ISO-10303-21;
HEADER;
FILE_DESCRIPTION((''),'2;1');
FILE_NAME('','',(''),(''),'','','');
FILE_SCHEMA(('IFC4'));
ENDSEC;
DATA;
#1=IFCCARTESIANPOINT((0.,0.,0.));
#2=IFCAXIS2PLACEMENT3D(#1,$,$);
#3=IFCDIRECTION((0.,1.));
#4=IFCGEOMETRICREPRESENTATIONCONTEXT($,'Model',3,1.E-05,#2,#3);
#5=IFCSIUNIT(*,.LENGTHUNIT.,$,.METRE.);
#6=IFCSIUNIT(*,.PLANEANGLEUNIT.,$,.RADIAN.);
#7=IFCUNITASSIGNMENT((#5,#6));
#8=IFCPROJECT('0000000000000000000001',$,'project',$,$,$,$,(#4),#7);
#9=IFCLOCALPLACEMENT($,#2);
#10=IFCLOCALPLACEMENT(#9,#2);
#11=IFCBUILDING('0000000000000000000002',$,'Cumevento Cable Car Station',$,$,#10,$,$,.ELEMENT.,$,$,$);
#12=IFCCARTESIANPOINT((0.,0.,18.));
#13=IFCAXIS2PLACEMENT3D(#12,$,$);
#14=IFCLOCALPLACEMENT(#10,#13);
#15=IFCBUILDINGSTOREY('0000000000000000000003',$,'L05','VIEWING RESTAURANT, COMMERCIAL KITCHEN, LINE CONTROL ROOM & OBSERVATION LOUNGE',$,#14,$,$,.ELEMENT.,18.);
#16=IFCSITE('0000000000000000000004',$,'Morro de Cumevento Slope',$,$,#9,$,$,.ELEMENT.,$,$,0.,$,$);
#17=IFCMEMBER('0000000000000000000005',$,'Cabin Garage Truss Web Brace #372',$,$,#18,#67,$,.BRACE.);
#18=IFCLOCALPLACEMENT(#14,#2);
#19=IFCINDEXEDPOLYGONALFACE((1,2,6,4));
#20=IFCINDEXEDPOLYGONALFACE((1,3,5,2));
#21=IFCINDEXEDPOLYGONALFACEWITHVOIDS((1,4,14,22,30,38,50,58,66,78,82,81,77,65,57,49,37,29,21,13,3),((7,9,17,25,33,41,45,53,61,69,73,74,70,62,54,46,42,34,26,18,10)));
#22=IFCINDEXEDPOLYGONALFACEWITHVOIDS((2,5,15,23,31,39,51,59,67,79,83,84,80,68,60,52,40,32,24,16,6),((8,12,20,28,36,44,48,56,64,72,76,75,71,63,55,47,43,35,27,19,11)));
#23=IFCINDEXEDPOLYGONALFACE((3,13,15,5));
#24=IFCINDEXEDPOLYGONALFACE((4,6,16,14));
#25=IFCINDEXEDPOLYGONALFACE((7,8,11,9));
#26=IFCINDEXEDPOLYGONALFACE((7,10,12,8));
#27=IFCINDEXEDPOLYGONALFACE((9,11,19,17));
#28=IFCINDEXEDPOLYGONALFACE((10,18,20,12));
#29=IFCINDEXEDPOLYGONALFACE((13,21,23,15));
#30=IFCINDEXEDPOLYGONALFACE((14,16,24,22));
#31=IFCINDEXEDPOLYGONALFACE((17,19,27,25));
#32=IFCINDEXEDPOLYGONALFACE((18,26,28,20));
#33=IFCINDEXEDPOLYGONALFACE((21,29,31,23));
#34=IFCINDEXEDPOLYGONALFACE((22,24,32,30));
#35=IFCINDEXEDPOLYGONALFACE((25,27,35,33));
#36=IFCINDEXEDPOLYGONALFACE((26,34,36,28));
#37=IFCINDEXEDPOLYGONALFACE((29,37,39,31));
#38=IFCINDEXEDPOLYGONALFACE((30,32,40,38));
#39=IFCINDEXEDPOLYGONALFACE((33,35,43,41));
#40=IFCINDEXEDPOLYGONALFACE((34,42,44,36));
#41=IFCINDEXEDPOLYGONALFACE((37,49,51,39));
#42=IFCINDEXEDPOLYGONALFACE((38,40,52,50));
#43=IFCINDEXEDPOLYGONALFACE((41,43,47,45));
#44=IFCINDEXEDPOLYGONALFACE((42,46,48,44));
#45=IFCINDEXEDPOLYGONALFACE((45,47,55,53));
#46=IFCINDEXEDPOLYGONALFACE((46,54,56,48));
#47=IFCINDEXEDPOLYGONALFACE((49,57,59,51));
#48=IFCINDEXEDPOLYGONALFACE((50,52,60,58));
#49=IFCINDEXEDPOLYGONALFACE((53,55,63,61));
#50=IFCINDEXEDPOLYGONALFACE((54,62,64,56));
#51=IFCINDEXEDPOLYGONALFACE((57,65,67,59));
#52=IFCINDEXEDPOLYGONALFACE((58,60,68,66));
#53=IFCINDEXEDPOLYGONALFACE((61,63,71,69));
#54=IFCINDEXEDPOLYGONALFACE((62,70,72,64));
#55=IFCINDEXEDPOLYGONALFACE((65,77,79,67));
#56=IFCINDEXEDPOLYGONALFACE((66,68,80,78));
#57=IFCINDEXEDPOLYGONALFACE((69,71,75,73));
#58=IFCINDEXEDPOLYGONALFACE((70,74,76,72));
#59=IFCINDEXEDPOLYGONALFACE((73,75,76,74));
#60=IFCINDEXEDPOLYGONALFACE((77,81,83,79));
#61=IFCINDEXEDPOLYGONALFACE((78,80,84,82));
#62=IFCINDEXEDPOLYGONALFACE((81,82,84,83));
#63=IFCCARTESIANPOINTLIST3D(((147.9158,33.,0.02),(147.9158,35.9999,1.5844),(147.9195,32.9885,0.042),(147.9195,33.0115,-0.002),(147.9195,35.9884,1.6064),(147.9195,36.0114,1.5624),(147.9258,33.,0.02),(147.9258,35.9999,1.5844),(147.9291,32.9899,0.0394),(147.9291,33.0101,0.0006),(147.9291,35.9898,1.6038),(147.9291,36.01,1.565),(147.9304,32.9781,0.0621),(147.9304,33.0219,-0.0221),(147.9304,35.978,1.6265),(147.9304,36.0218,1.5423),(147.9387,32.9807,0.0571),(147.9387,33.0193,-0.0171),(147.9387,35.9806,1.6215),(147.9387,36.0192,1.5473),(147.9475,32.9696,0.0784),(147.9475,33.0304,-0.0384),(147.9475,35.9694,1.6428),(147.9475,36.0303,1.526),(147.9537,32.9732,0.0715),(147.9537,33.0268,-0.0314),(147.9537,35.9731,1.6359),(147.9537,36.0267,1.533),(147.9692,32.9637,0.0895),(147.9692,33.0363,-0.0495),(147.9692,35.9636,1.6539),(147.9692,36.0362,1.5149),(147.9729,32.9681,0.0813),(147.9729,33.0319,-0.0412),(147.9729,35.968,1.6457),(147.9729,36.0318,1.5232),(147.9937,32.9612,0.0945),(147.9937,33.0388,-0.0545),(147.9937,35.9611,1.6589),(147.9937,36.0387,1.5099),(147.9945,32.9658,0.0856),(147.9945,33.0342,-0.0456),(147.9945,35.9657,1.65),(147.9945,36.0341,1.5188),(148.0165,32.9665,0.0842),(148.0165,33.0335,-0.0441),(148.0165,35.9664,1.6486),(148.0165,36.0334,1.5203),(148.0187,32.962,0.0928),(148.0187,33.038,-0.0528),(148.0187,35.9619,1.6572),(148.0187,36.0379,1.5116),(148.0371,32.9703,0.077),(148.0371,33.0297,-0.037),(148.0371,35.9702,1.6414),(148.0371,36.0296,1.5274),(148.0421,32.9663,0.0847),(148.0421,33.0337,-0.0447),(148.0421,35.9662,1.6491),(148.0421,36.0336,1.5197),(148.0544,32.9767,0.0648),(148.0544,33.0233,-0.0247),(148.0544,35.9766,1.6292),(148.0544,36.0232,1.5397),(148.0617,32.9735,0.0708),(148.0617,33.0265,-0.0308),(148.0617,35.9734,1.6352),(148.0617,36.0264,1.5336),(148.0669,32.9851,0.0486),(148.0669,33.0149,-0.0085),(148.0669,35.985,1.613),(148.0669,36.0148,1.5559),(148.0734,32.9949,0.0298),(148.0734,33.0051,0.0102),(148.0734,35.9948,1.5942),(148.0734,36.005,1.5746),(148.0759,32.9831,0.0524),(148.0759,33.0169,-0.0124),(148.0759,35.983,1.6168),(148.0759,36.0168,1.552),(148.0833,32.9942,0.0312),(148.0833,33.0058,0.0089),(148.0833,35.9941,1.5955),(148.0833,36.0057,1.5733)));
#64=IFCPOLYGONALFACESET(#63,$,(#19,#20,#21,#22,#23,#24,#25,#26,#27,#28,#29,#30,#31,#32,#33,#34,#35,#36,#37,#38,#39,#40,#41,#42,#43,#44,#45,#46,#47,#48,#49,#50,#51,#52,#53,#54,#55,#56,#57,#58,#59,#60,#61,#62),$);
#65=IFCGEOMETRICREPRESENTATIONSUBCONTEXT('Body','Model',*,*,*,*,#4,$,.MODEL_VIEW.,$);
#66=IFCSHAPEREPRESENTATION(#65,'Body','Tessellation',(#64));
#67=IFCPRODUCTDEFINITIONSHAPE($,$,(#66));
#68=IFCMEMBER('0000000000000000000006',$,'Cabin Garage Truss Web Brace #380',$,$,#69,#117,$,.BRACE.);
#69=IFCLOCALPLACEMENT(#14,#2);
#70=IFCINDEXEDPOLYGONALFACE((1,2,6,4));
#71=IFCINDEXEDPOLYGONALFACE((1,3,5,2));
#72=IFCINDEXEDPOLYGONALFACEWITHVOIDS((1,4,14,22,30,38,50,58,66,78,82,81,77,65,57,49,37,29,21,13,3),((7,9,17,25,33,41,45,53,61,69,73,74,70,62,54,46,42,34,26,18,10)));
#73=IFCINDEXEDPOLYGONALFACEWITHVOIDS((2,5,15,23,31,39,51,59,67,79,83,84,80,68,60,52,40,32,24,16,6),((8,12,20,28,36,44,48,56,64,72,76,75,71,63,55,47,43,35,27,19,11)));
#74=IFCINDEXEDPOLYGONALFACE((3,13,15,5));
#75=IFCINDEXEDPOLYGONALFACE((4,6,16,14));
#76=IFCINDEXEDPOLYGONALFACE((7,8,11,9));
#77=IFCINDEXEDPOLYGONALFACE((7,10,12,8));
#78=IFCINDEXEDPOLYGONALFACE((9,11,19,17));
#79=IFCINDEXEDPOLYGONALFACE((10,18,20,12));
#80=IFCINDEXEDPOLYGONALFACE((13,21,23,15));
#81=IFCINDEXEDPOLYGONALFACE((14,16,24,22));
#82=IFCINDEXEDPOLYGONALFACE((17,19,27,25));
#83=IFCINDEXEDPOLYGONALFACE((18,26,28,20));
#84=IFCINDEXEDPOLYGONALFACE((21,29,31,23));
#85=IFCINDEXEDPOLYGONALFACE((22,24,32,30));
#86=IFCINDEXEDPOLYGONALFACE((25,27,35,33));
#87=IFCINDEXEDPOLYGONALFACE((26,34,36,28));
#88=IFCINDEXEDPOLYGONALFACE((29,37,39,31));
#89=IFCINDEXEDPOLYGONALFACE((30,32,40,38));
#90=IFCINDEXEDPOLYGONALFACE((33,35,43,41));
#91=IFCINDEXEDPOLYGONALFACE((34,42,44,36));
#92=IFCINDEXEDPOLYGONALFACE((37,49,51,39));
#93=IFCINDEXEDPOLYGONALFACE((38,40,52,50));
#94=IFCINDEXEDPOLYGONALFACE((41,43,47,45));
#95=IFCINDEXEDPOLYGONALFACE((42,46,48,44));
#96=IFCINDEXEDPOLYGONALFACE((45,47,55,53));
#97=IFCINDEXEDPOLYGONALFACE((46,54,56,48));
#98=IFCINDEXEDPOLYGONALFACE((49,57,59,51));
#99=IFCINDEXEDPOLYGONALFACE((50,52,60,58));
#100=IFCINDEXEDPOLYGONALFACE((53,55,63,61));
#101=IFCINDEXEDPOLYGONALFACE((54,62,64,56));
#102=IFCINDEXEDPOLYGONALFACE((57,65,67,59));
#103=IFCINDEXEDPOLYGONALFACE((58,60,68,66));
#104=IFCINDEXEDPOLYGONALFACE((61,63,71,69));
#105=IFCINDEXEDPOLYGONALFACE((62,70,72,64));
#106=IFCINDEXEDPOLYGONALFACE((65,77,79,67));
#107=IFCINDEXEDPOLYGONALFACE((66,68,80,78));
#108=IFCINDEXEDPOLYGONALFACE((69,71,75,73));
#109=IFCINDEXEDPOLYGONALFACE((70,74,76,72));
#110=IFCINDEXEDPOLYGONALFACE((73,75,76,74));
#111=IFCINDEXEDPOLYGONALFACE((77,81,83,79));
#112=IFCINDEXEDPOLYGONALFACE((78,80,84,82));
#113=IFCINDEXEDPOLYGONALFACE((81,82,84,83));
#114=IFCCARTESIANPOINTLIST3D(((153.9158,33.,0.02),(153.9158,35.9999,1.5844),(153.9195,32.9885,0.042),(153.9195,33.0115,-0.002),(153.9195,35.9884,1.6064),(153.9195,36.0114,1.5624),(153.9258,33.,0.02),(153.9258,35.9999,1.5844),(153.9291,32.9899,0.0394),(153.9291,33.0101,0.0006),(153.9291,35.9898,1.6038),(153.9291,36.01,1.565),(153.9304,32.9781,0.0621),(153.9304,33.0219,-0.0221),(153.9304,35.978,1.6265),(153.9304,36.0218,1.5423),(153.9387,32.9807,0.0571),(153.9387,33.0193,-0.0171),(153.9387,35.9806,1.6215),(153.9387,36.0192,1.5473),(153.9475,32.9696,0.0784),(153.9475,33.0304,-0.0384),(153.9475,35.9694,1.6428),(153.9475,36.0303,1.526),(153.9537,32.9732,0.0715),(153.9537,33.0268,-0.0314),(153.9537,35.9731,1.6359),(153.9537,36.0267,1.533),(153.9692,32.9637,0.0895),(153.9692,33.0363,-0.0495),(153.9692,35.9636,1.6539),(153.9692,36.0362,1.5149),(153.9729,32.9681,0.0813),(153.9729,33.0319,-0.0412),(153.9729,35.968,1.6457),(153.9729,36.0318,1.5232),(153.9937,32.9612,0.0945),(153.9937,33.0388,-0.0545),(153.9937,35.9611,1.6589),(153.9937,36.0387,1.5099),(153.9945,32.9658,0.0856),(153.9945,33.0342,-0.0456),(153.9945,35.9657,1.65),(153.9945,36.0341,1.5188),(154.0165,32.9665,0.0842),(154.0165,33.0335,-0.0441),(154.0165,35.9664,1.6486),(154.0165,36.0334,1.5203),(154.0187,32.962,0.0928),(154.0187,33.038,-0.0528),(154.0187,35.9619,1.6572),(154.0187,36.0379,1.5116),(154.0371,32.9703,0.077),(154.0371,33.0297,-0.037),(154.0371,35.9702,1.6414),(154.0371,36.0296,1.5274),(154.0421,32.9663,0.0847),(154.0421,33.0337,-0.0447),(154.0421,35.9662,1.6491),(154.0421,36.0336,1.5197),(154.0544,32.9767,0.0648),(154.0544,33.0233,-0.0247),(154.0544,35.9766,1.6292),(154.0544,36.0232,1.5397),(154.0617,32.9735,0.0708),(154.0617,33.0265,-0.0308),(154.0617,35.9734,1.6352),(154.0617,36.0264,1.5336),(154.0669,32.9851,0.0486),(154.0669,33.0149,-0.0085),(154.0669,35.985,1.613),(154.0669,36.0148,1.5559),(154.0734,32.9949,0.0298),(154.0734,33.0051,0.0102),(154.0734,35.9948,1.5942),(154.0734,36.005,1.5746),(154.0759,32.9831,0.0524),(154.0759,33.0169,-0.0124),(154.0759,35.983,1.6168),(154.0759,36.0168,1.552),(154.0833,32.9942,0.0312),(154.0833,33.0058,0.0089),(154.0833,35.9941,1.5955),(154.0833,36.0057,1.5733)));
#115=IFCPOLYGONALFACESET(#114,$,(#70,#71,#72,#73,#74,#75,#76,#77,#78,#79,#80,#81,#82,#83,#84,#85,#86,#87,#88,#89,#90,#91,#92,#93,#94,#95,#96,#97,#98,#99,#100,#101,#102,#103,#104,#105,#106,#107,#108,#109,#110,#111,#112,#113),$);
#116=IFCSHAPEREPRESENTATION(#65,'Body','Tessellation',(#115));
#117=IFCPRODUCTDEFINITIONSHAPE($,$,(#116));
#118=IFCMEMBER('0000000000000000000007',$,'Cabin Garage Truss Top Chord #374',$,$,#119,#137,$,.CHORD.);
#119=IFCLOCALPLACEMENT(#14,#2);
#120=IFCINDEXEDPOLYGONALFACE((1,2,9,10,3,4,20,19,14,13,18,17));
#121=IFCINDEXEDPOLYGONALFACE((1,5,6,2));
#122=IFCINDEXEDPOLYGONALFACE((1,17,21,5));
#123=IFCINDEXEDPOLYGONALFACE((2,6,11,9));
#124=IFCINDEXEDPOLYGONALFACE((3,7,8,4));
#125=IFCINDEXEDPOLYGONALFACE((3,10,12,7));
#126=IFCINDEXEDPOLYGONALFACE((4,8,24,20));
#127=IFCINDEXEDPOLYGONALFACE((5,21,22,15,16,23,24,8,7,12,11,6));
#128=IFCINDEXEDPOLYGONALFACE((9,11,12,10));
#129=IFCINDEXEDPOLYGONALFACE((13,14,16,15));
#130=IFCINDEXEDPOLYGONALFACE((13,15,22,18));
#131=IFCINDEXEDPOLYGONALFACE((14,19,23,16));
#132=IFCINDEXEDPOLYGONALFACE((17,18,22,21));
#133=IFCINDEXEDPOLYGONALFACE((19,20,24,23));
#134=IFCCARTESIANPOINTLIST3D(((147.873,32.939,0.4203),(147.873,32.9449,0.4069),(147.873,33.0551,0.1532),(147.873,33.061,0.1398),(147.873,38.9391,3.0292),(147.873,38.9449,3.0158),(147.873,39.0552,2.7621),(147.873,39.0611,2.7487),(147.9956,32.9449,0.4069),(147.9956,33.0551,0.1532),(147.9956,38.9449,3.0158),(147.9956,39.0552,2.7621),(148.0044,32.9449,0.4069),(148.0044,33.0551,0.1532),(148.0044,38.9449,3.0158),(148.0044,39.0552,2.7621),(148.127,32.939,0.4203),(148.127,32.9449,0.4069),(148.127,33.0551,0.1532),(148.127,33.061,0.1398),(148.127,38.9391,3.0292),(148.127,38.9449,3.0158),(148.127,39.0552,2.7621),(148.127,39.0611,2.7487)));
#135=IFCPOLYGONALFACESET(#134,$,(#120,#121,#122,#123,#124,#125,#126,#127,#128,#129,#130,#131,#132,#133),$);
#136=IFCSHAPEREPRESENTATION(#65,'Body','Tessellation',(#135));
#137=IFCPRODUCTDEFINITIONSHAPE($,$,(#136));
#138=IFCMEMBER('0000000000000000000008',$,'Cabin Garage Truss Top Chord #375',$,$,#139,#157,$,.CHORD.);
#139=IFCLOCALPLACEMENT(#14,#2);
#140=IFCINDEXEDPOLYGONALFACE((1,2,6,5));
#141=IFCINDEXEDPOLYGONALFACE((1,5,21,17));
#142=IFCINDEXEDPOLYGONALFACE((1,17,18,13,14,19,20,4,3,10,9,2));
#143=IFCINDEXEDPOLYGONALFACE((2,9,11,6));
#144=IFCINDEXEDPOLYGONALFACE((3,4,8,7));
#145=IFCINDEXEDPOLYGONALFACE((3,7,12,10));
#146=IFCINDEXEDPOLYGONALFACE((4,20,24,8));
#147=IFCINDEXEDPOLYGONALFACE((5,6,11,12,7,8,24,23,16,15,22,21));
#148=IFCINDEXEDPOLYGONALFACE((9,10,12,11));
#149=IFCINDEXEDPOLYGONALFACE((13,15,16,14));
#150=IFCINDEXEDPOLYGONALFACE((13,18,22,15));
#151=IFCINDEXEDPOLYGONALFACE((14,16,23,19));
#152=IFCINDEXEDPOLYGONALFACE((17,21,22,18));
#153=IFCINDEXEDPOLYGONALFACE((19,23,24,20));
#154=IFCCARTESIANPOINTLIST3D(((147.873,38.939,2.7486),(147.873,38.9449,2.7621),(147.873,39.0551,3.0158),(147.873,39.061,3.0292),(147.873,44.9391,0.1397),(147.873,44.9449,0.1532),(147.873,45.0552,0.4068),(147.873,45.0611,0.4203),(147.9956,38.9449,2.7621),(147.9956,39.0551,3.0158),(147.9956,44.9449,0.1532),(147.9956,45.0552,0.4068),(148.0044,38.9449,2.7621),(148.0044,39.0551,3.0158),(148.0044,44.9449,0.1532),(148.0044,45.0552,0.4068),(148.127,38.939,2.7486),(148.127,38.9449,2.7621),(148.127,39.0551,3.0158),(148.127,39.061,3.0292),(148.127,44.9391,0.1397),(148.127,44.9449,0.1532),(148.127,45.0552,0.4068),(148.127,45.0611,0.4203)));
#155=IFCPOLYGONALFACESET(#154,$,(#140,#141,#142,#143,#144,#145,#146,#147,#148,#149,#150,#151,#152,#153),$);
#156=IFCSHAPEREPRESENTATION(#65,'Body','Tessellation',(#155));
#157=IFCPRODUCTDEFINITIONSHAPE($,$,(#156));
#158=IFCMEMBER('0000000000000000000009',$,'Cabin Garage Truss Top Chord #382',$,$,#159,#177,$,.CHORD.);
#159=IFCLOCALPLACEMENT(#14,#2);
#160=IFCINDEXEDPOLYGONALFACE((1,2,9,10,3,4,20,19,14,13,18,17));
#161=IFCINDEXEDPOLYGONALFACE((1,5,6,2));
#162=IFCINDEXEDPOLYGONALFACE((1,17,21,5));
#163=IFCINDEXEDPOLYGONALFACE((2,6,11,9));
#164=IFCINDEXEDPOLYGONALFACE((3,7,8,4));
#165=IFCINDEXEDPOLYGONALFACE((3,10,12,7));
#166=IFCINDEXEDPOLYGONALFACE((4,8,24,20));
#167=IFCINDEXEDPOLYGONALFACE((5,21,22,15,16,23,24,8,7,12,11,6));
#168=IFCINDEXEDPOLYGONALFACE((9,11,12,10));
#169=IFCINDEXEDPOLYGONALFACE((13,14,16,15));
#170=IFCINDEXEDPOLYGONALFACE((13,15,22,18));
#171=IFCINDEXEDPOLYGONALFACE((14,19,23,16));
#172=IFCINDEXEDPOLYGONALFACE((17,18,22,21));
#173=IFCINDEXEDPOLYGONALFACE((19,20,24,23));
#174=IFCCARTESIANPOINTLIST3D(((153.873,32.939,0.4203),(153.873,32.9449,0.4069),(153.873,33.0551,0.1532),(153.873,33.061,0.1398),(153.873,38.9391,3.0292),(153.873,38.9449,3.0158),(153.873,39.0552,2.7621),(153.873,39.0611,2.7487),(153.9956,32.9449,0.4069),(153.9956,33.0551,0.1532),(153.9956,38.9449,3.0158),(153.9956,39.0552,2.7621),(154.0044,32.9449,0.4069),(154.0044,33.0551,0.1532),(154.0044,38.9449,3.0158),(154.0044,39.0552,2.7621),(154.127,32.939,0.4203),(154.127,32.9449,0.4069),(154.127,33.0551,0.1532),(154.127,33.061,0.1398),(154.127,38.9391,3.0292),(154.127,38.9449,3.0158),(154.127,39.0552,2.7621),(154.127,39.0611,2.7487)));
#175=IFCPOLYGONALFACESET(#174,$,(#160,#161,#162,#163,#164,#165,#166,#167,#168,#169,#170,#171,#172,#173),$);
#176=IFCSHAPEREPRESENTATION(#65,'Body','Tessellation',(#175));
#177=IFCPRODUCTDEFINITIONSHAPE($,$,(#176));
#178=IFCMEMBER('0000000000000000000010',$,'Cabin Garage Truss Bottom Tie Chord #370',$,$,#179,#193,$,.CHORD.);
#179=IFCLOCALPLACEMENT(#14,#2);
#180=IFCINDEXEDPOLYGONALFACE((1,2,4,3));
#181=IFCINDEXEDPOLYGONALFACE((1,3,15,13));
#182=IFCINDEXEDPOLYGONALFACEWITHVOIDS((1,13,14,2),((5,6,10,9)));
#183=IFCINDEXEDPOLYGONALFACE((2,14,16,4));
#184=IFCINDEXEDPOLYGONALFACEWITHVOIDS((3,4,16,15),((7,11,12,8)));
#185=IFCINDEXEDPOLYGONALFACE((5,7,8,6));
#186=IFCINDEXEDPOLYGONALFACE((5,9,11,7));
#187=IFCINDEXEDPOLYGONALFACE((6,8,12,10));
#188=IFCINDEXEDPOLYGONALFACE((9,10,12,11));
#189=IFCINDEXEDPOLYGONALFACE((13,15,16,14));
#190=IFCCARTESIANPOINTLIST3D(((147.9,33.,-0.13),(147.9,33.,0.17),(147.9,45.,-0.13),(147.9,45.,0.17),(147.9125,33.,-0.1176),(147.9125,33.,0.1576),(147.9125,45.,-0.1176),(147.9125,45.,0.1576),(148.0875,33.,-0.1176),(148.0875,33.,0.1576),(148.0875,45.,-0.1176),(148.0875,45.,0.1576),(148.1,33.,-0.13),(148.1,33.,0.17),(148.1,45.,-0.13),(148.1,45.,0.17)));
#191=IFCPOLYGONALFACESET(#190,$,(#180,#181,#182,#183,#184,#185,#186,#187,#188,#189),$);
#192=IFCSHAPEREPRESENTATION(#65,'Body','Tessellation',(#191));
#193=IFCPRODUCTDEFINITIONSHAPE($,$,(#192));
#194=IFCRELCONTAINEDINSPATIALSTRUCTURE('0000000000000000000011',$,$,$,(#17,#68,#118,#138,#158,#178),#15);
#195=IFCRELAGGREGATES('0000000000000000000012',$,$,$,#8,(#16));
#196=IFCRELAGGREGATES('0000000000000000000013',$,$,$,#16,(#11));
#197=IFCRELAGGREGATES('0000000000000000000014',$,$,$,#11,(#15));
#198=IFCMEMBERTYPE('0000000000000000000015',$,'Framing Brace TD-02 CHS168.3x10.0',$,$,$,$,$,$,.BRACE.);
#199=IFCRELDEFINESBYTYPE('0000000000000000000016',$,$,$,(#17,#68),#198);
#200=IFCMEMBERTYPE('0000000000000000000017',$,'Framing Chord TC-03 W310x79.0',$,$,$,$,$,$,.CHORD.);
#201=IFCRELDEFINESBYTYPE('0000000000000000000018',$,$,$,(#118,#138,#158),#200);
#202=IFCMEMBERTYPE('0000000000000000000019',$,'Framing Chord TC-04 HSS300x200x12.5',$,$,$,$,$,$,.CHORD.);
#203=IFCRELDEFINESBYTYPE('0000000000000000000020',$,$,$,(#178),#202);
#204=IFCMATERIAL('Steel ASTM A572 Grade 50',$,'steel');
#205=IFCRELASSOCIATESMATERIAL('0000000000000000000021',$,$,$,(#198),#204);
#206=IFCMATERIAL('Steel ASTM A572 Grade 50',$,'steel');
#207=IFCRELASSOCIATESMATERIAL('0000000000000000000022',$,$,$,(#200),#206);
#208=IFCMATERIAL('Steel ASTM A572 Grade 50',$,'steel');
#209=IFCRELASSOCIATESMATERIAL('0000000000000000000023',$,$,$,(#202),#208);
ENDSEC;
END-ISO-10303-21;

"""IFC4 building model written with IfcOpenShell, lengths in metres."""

from ifc_helpers import new_model, si_unit, direction, frame, origin, origin_2d, place, context, subcontext, project, spatial, hollow_rectangle, hollow_circle, i_section, extrude, material, material_profile, profile_set, type_object, element, save


model = new_model("IFC4")

# Units and contexts
model_context = context("Model", 3, precision=1e-05, world=origin(), true_north=direction((0.0, 1.0)))
body_context = subcontext(model_context, "Body", "Model", "MODEL_VIEW")
ifc_project = project(units=[si_unit("LENGTHUNIT", "METRE"), si_unit("PLANEANGLEUNIT", "RADIAN")], contexts=[model_context])

# Site, building, storey
site_placement = place(None, origin())
site = spatial("IfcSite", under=ifc_project, at=site_placement, Name="Morro de Cumevento Slope", CompositionType="ELEMENT", RefElevation=0.0)
building_placement = place(site_placement, origin())
building = spatial("IfcBuilding", under=site, at=building_placement, Name="Cumevento Cable Car Station", CompositionType="ELEMENT")
storey_placement = place(building_placement, frame((0.0, 0.0, 18.0)))
storey = spatial("IfcBuildingStorey", under=building, at=storey_placement, Name="L05", Description="VIEWING RESTAURANT, COMMERCIAL KITCHEN, LINE CONTROL ROOM & OBSERVATION LOUNGE", CompositionType="ELEMENT", Elevation=18.0)

# Members
ifc_material_1 = material(Name="Steel ASTM A572 Grade 50", Category="steel")
ifc_material_profile_1 = material_profile(ifc_material_1, hollow_circle(Radius=0.0842, WallThickness=0.01, at=origin_2d()), Name="CHS168.3x10.0")
ifc_profile_set_1 = profile_set([ifc_material_profile_1], Name="Steel ASTM A572 Grade 50")
member_type_1 = type_object("IfcMemberType", Name="Framing Brace TD-02 CHS168.3x10.0", PredefinedType="BRACE", material=ifc_profile_set_1)
for number, where, z_axis, x_axis, name in (
    (1, (148.0, 33.0, 0.02), (0.0, 0.886677, 0.462388), (-1.0, 0.0, 0.0), "Cabin Garage Truss Web Brace #372"),
    (2, (154.0, 33.0, 0.02), (0.0, 0.886677, 0.462388), (-1.0, 0.0, 0.0), "Cabin Garage Truss Web Brace #380"),
):
    element("IfcMember", number, at=place(storey_placement, frame(where, z_axis=z_axis, x_axis=x_axis)), inside=storey, type_object=member_type_1, Name=name, PredefinedType="BRACE", context=body_context, shape_type="SweptSolid", body=[
        extrude(hollow_circle(Radius=0.0842, WallThickness=0.01, at=origin_2d()), origin(), (0.0, 0.0, 1.0), 3.3833),
    ])
ifc_material_2 = material(Name="Steel ASTM A572 Grade 50", Category="steel")
ifc_material_profile_2 = material_profile(ifc_material_2, i_section(OverallWidth=0.2539, OverallDepth=0.3059, WebThickness=0.0088, FlangeThickness=0.0146, at=origin_2d()), Name="W310x79.0")
ifc_profile_set_2 = profile_set([ifc_material_profile_2], Name="Steel ASTM A572 Grade 50")
member_type_2 = type_object("IfcMemberType", Name="Framing Chord TC-03 W310x79.0", PredefinedType="CHORD", material=ifc_profile_set_2)
for number, where, z_axis, x_axis, name in (
    (3, (148.0, 33.0, 0.28), (0.0, 0.917059, 0.398751), (-1.0, 0.0, 0.0), "Cabin Garage Truss Top Chord #374"),
    (4, (148.0, 39.0, 2.8889), (0.0, 0.917059, -0.398751), (-1.0, 0.0, 0.0), "Cabin Garage Truss Top Chord #375"),
    (5, (154.0, 33.0, 0.28), (0.0, 0.917059, 0.398751), (-1.0, 0.0, 0.0), "Cabin Garage Truss Top Chord #382"),
):
    element("IfcMember", number, at=place(storey_placement, frame(where, z_axis=z_axis, x_axis=x_axis)), inside=storey, type_object=member_type_2, Name=name, PredefinedType="CHORD", context=body_context, shape_type="SweptSolid", body=[
        extrude(i_section(OverallWidth=0.2539, OverallDepth=0.3059, WebThickness=0.0088, FlangeThickness=0.0146, at=origin_2d()), origin(), (0.0, 0.0, 1.0), 6.5427),
    ])
ifc_material_3 = material(Name="Steel ASTM A572 Grade 50", Category="steel")
ifc_material_profile_3 = material_profile(ifc_material_3, hollow_rectangle(XDim=0.2, YDim=0.3, WallThickness=0.0125, at=origin_2d()), Name="HSS300x200x12.5")
ifc_profile_set_3 = profile_set([ifc_material_profile_3], Name="Steel ASTM A572 Grade 50")
member_type_3 = type_object("IfcMemberType", Name="Framing Chord TC-04 HSS300x200x12.5", PredefinedType="CHORD", material=ifc_profile_set_3)
for number, where, z_axis, x_axis, name in (
    (6, (148.0, 33.0, 0.02), (0.0, 1.0, 0.0), (-1.0, 0.0, 0.0), "Cabin Garage Truss Bottom Tie Chord #370"),
):
    element("IfcMember", number, at=place(storey_placement, frame(where, z_axis=z_axis, x_axis=x_axis)), inside=storey, type_object=member_type_3, Name=name, PredefinedType="CHORD", context=body_context, shape_type="SweptSolid", body=[
        extrude(hollow_rectangle(XDim=0.2, YDim=0.3, WallThickness=0.0125, at=origin_2d()), origin(), (0.0, 0.0, 1.0), 12.0),
    ])

save(model, "model.ifc")
